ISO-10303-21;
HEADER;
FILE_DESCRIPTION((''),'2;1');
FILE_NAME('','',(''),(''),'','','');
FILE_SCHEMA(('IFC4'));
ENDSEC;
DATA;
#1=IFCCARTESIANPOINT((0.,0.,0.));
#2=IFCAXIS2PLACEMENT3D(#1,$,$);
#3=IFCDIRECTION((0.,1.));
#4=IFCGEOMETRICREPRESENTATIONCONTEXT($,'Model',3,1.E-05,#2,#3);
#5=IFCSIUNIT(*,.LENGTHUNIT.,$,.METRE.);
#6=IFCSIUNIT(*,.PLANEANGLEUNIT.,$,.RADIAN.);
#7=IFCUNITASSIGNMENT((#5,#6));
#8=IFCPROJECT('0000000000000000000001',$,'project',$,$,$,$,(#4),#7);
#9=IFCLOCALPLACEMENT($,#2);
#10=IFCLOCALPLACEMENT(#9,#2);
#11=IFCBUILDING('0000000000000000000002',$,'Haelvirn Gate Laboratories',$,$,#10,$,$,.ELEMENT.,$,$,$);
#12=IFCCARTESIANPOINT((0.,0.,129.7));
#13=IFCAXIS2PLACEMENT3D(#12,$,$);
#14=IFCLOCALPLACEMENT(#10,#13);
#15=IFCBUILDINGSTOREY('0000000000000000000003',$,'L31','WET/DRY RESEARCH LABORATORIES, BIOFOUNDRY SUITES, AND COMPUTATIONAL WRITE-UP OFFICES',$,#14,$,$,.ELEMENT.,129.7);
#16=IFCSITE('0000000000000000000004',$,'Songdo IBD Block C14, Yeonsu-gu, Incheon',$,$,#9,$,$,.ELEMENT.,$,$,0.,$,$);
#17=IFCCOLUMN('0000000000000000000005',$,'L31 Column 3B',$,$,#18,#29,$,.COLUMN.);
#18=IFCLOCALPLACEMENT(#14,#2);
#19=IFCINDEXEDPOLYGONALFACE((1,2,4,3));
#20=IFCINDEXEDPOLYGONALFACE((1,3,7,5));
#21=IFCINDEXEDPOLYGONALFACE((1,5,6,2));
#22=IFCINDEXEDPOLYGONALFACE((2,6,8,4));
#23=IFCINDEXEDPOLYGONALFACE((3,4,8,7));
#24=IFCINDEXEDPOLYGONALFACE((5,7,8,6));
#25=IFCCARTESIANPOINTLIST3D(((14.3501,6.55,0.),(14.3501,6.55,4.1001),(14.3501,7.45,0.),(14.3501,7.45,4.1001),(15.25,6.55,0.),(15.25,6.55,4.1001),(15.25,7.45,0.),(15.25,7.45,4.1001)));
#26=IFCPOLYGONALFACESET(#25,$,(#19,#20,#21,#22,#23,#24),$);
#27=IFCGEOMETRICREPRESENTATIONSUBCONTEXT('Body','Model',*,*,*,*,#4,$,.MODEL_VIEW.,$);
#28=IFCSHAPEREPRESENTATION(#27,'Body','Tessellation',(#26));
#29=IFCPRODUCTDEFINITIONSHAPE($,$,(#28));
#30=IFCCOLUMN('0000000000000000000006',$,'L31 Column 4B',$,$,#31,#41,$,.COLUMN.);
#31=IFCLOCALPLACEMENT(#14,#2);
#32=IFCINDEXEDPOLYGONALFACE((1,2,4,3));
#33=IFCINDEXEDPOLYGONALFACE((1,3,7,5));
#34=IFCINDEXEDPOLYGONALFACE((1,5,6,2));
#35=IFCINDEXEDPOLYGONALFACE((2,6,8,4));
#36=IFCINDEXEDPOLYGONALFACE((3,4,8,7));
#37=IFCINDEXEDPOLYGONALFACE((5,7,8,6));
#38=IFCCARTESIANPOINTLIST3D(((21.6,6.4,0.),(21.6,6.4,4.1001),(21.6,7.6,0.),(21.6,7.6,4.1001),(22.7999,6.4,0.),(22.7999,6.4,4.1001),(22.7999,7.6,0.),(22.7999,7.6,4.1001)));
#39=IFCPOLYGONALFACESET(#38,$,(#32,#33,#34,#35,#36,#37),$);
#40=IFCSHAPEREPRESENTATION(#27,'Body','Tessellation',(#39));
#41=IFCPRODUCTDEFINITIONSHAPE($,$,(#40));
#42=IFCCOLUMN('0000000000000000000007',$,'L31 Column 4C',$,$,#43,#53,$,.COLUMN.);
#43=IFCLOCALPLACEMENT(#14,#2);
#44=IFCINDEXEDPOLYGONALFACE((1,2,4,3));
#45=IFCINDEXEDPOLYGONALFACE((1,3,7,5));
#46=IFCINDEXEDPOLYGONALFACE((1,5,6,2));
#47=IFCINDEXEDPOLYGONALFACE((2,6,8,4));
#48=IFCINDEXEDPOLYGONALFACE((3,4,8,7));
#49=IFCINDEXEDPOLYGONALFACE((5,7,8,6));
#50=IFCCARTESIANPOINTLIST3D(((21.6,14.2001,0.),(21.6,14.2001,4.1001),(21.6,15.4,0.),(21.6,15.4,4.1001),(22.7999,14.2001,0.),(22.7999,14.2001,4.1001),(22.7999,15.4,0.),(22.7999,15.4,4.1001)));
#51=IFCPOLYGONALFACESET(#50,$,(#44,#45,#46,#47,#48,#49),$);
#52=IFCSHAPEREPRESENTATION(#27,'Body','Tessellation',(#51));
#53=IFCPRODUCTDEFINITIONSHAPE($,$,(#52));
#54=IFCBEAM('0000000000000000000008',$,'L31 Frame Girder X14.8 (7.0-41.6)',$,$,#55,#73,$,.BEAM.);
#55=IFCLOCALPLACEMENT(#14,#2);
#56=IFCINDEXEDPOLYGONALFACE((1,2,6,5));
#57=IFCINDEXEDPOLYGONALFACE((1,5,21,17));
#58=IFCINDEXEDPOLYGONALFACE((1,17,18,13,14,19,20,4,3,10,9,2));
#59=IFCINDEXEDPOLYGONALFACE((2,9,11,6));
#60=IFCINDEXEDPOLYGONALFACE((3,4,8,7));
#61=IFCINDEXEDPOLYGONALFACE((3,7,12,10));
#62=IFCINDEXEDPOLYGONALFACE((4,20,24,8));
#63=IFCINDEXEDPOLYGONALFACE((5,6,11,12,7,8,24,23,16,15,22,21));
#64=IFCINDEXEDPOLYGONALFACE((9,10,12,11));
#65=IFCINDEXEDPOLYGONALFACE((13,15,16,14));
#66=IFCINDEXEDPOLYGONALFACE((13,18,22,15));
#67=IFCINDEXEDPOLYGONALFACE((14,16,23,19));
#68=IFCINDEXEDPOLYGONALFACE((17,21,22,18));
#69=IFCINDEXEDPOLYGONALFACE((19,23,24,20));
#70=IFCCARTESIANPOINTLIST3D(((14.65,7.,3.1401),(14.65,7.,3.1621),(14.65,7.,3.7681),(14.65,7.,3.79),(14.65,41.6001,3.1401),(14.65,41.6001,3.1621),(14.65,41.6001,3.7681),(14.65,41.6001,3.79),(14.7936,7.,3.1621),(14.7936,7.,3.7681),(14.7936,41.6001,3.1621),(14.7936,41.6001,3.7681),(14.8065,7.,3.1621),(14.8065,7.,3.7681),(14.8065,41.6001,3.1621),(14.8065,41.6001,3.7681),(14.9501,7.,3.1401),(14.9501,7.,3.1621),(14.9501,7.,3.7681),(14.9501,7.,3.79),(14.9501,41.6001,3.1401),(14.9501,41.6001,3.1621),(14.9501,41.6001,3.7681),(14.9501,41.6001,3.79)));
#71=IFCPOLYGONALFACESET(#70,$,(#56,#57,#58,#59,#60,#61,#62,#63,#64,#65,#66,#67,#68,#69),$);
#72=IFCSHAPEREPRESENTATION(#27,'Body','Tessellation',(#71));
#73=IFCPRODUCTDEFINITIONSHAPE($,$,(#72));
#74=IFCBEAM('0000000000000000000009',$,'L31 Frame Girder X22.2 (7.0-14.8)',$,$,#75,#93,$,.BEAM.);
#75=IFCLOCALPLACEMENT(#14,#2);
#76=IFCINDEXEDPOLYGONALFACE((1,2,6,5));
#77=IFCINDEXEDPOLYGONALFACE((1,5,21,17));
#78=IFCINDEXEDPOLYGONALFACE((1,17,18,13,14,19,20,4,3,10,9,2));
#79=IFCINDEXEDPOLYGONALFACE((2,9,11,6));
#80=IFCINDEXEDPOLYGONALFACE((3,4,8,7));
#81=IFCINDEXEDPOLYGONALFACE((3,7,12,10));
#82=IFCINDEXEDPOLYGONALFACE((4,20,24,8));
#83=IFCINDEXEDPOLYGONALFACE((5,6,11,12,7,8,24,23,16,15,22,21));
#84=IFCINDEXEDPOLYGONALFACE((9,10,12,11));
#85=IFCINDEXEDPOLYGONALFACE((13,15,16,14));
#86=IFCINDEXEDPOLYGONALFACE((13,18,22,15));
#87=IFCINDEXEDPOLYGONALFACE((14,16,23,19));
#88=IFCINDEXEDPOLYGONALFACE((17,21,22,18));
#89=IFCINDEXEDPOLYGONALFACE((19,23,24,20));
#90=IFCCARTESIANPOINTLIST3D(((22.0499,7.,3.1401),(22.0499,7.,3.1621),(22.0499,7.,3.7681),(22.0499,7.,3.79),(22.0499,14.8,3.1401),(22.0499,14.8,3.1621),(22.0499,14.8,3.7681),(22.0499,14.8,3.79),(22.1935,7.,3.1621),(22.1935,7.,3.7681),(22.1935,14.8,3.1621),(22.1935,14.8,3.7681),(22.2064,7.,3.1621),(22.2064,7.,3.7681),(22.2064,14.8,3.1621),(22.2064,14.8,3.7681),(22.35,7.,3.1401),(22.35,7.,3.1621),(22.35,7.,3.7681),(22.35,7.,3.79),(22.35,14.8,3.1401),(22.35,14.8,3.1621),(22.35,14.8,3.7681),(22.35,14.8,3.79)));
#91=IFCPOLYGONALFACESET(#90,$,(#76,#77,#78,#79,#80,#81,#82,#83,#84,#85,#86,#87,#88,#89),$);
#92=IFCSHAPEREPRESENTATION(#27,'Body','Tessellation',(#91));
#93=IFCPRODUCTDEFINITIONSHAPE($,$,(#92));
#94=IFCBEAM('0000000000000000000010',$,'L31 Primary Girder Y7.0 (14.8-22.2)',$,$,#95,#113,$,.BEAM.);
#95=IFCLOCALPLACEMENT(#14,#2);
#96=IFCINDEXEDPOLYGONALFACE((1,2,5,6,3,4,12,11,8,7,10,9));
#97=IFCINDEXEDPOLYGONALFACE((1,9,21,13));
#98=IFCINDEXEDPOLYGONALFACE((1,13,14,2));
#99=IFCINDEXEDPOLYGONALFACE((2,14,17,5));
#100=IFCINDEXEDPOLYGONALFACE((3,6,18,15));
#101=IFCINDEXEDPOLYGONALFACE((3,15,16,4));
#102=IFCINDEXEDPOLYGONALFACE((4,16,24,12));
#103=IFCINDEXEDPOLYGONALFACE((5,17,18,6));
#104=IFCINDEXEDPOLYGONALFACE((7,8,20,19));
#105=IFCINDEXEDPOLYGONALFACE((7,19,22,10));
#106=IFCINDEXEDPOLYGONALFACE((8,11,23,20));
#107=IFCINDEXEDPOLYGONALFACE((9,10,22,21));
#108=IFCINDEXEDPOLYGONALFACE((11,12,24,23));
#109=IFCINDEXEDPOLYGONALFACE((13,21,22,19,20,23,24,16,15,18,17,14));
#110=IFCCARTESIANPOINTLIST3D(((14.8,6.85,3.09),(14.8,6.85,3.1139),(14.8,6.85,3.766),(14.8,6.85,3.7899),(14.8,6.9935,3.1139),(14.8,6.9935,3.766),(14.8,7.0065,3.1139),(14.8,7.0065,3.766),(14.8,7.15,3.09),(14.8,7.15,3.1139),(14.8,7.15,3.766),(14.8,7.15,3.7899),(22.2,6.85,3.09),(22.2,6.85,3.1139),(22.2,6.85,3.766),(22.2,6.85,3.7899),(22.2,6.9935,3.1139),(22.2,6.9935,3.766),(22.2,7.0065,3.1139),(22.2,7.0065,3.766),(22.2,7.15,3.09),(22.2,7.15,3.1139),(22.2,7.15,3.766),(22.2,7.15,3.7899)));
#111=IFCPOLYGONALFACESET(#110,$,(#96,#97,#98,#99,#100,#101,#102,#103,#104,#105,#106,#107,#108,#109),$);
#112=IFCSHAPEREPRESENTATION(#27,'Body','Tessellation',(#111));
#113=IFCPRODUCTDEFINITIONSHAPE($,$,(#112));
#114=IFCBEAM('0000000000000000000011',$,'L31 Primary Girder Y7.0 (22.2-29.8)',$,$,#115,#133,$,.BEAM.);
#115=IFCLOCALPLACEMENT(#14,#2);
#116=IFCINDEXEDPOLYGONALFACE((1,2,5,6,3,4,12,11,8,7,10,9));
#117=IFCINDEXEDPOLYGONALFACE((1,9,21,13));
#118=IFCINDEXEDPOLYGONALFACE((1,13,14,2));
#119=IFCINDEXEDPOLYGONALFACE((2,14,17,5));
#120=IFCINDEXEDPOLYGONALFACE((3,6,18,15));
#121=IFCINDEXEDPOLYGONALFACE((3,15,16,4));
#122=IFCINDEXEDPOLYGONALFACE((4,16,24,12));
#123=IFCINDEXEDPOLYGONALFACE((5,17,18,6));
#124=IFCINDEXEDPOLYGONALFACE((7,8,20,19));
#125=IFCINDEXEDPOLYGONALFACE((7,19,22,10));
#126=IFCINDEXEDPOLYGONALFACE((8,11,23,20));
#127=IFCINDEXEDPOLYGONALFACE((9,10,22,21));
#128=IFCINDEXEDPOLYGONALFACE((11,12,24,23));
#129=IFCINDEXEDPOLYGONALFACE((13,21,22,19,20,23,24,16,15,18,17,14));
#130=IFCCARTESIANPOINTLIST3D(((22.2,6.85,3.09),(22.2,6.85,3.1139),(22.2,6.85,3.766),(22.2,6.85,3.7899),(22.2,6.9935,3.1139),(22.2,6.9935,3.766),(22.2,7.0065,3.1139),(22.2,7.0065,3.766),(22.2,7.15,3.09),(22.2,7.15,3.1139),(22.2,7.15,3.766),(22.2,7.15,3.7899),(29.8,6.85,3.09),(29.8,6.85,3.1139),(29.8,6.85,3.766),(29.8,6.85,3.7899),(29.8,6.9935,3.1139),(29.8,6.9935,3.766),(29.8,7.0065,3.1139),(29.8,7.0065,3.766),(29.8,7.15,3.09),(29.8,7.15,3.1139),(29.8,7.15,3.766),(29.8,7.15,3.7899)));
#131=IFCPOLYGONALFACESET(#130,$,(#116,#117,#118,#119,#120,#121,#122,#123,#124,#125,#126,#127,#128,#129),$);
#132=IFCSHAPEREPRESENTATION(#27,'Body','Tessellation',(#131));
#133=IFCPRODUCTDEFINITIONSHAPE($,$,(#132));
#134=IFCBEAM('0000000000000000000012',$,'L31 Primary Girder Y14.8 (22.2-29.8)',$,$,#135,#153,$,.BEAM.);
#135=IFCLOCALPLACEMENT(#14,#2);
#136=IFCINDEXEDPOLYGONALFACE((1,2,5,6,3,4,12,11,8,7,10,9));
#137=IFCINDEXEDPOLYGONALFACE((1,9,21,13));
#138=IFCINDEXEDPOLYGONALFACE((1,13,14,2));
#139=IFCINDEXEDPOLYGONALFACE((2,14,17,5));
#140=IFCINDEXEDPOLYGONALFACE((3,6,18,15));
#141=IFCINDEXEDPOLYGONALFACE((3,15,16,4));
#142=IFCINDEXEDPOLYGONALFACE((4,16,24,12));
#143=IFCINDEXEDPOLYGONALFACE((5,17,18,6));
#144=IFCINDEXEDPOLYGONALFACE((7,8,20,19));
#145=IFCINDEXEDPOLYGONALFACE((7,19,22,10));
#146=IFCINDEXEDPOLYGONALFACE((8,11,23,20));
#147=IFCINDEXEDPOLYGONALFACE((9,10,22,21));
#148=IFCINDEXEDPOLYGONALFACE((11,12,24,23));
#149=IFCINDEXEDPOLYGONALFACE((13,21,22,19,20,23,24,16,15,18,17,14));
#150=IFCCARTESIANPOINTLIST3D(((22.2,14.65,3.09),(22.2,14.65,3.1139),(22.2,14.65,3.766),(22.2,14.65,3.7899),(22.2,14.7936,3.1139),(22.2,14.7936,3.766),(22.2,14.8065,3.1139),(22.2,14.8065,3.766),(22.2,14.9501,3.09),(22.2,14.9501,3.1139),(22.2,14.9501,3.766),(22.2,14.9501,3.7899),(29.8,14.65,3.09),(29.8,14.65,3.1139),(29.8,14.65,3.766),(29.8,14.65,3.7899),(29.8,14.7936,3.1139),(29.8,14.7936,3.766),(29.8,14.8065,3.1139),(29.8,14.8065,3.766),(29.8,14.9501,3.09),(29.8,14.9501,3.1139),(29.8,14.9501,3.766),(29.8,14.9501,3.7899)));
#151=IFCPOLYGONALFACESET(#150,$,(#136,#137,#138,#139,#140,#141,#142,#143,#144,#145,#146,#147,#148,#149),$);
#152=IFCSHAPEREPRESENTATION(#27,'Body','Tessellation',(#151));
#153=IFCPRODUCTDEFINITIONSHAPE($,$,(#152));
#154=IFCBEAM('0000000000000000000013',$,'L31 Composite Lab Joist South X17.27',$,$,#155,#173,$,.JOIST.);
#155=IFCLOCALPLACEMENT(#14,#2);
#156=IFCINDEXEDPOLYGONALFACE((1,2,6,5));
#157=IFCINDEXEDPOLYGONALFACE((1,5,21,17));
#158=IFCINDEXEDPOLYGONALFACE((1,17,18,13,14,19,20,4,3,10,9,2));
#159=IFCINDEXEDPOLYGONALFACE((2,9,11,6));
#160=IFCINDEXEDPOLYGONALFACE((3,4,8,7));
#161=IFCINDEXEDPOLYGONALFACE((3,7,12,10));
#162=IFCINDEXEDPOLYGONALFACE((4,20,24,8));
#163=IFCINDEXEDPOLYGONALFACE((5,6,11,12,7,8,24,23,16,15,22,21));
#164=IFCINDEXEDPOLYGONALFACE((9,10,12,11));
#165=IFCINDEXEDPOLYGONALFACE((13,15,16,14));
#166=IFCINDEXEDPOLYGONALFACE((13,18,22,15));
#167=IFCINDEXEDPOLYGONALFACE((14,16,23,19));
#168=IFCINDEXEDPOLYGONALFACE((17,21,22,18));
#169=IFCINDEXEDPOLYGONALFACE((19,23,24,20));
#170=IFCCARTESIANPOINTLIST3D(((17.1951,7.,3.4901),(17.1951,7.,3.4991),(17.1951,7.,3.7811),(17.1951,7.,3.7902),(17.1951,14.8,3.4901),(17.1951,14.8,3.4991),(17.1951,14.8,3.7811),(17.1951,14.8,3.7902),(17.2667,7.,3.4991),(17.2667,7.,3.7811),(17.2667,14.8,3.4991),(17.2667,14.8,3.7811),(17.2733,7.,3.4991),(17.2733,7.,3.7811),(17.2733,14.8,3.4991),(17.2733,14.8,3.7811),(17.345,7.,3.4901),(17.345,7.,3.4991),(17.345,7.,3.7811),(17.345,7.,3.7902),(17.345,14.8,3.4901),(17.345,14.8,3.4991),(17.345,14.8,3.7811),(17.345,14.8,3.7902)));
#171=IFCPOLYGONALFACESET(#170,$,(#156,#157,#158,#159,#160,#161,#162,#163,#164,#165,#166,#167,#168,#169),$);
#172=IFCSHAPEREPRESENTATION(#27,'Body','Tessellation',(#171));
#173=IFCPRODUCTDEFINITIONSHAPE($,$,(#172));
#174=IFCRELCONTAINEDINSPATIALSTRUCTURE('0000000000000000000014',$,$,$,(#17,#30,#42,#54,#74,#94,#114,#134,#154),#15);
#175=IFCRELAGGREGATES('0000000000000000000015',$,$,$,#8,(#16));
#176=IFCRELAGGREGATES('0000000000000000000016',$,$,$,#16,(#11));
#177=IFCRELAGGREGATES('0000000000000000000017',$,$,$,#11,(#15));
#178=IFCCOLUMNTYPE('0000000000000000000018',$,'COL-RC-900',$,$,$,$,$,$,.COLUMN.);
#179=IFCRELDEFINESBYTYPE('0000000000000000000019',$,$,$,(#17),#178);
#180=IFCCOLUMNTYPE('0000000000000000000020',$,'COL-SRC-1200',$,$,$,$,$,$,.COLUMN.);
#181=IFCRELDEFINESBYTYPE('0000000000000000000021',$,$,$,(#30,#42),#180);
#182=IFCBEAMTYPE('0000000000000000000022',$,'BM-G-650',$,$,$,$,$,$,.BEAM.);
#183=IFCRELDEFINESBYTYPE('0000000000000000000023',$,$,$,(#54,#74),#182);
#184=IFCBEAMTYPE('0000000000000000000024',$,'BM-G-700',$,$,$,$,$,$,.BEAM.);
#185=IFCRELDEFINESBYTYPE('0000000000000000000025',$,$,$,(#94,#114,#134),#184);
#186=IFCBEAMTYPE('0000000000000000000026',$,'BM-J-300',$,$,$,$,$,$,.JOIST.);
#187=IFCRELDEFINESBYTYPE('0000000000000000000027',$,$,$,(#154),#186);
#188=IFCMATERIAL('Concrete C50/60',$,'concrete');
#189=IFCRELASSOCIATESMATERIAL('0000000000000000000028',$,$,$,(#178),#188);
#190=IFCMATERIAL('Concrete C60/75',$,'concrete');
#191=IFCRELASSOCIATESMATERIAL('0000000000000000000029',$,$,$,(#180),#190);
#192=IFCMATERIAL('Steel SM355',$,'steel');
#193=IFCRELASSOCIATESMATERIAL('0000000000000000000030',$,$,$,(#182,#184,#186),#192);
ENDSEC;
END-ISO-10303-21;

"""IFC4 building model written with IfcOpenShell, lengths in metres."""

from ifc_helpers import new_model, si_unit, direction, frame, origin, origin_2d, place, context, subcontext, project, spatial, rectangle, i_section, extrude, source, transform, mapped, material, material_profile, profile_set, type_object, type_shapes, element, save


model = new_model("IFC4")

# Units and contexts
model_context = context("Model", 3, precision=1e-05, world=origin(), true_north=direction((0.0, 1.0)))
body_context = subcontext(model_context, "Body", "Model", "MODEL_VIEW")
ifc_project = project(units=[si_unit("LENGTHUNIT", "METRE"), si_unit("PLANEANGLEUNIT", "RADIAN")], contexts=[model_context])

# Site, building, storey
site_placement = place(None, origin())
site = spatial("IfcSite", under=ifc_project, at=site_placement, Name="Songdo IBD Block C14, Yeonsu-gu, Incheon", CompositionType="ELEMENT", RefElevation=0.0)
building_placement = place(site_placement, origin())
building = spatial("IfcBuilding", under=site, at=building_placement, Name="Haelvirn Gate Laboratories", CompositionType="ELEMENT")
storey_placement = place(building_placement, frame((0.0, 0.0, 129.7)))
storey = spatial("IfcBuildingStorey", under=building, at=storey_placement, Name="L31", Description="WET/DRY RESEARCH LABORATORIES, BIOFOUNDRY SUITES, AND COMPUTATIONAL WRITE-UP OFFICES", CompositionType="ELEMENT", Elevation=129.7)

# Columns
ifc_material_1 = material(Name="Concrete C50/60", Category="concrete")
ifc_material_profile_1 = material_profile(ifc_material_1, rectangle(XDim=0.8999, YDim=0.8999, at=origin_2d()), Name="RC-900x900")
ifc_profile_set_1 = profile_set([ifc_material_profile_1], Name="Concrete C50/60")
column_type_1 = type_object("IfcColumnType", Name="COL-RC-900", PredefinedType="COLUMN", material=ifc_profile_set_1)
shared_shape_1 = source(origin(), body_context, "Body", "SweptSolid", [
    extrude(rectangle(XDim=0.8999, YDim=0.8999, at=origin_2d()), origin(), (0.0, 0.0, 1.0), 4.1001),
])
type_shapes(column_type_1, [shared_shape_1])
column_placement = place(storey_placement, frame((14.8, 7.0, 0.0), z_axis=(0.0, 0.0, 1.0), x_axis=(1.0, 0.0, 0.0)))
element("IfcColumn", 1, at=column_placement, inside=storey, type_object=column_type_1, Name="L31 Column 3B", PredefinedType="COLUMN", context=body_context, shape_type="MappedRepresentation", body=[
    mapped(shared_shape_1, transform((0.0, 0.0, 0.0), scale=1.0)),
])
ifc_material_2 = material(Name="Concrete C60/75", Category="concrete")
ifc_material_profile_2 = material_profile(ifc_material_2, rectangle(XDim=1.2, YDim=1.2, at=origin_2d()), Name="SRC-1200x1200")
ifc_profile_set_2 = profile_set([ifc_material_profile_2], Name="Concrete C60/75")
column_type_2 = type_object("IfcColumnType", Name="COL-SRC-1200", PredefinedType="COLUMN", material=ifc_profile_set_2)
shared_shape_2 = source(origin(), body_context, "Body", "SweptSolid", [
    extrude(rectangle(XDim=1.2, YDim=1.2, at=origin_2d()), origin(), (0.0, 0.0, 1.0), 4.1001),
])
type_shapes(column_type_2, [shared_shape_2])
for number, where, z_axis, x_axis, name in (
    (2, (22.2, 7.0, 0.0), (0.0, 0.0, 1.0), (1.0, 0.0, 0.0), "L31 Column 4B"),
    (3, (22.2, 14.8, 0.0), (0.0, 0.0, 1.0), (1.0, 0.0, 0.0), "L31 Column 4C"),
):
    element("IfcColumn", number, at=place(storey_placement, frame(where, z_axis=z_axis, x_axis=x_axis)), inside=storey, type_object=column_type_2, Name=name, PredefinedType="COLUMN", context=body_context, shape_type="MappedRepresentation", body=[
        mapped(shared_shape_2, transform((0.0, 0.0, 0.0), scale=1.0)),
    ])

# Beams
ifc_material_3 = material(Name="Steel SM355", Category="steel")
ifc_material_profile_3 = material_profile(ifc_material_3, i_section(OverallWidth=0.3, OverallDepth=0.6499, WebThickness=0.0129, FlangeThickness=0.022, at=origin_2d()), Name="H-650x300x13x22")
ifc_profile_set_3 = profile_set([ifc_material_profile_3], Name="Steel SM355")
beam_type_1 = type_object("IfcBeamType", Name="BM-G-650", PredefinedType="BEAM", material=ifc_profile_set_3)
shared_shape_3 = source(origin(), body_context, "Body", "SweptSolid", [
    extrude(i_section(OverallWidth=0.3, OverallDepth=0.6499, WebThickness=0.0129, FlangeThickness=0.022, at=origin_2d()), origin(), (0.0, 0.0, 1.0), 34.6001),
])
beam_1_placement = place(storey_placement, frame((14.8, 7.0, 3.4651), z_axis=(0.0, 1.0, 0.0), x_axis=(-1.0, 0.0, 0.0)))
element("IfcBeam", 4, at=beam_1_placement, inside=storey, type_object=beam_type_1, Name="L31 Frame Girder X14.8 (7.0-41.6)", PredefinedType="BEAM", context=body_context, shape_type="MappedRepresentation", body=[
    mapped(shared_shape_3, transform((0.0, 0.0, 0.0), scale=1.0)),
])
shared_shape_4 = source(origin(), body_context, "Body", "SweptSolid", [
    extrude(i_section(OverallWidth=0.3, OverallDepth=0.6499, WebThickness=0.0129, FlangeThickness=0.022, at=origin_2d()), origin(), (0.0, 0.0, 1.0), 7.8),
])
type_shapes(beam_type_1, [shared_shape_3, shared_shape_4])
beam_2_placement = place(storey_placement, frame((22.2, 7.0, 3.4651), z_axis=(0.0, 1.0, 0.0), x_axis=(-1.0, 0.0, 0.0)))
element("IfcBeam", 5, at=beam_2_placement, inside=storey, type_object=beam_type_1, Name="L31 Frame Girder X22.2 (7.0-14.8)", PredefinedType="BEAM", context=body_context, shape_type="MappedRepresentation", body=[
    mapped(shared_shape_4, transform((0.0, 0.0, 0.0), scale=1.0)),
])
ifc_material_profile_4 = material_profile(ifc_material_3, i_section(OverallWidth=0.3, OverallDepth=0.7, WebThickness=0.0129, FlangeThickness=0.0239, at=origin_2d()), Name="H-700x300x13x24")
ifc_profile_set_4 = profile_set([ifc_material_profile_4], Name="Steel SM355")
beam_type_2 = type_object("IfcBeamType", Name="BM-G-700", PredefinedType="BEAM", material=ifc_profile_set_4)
shared_shape_5 = source(origin(), body_context, "Body", "SweptSolid", [
    extrude(i_section(OverallWidth=0.3, OverallDepth=0.7, WebThickness=0.0129, FlangeThickness=0.0239, at=origin_2d()), origin(), (0.0, 0.0, 1.0), 7.3999),
])
beam_3_placement = place(storey_placement, frame((14.8, 7.0, 3.4399), z_axis=(1.0, 0.0, 0.0), x_axis=(0.0, 1.0, 0.0)))
element("IfcBeam", 6, at=beam_3_placement, inside=storey, type_object=beam_type_2, Name="L31 Primary Girder Y7.0 (14.8-22.2)", PredefinedType="BEAM", context=body_context, shape_type="MappedRepresentation", body=[
    mapped(shared_shape_5, transform((0.0, 0.0, 0.0), scale=1.0)),
])
shared_shape_6 = source(origin(), body_context, "Body", "SweptSolid", [
    extrude(i_section(OverallWidth=0.3, OverallDepth=0.7, WebThickness=0.0129, FlangeThickness=0.0239, at=origin_2d()), origin(), (0.0, 0.0, 1.0), 7.6001),
])
type_shapes(beam_type_2, [shared_shape_5, shared_shape_6])
for number, where, z_axis, x_axis, name in (
    (7, (22.2, 7.0, 3.4399), (1.0, 0.0, 0.0), (0.0, 1.0, 0.0), "L31 Primary Girder Y7.0 (22.2-29.8)"),
    (8, (22.2, 14.8, 3.4399), (1.0, 0.0, 0.0), (0.0, 1.0, 0.0), "L31 Primary Girder Y14.8 (22.2-29.8)"),
):
    element("IfcBeam", number, at=place(storey_placement, frame(where, z_axis=z_axis, x_axis=x_axis)), inside=storey, type_object=beam_type_2, Name=name, PredefinedType="BEAM", context=body_context, shape_type="MappedRepresentation", body=[
        mapped(shared_shape_6, transform((0.0, 0.0, 0.0), scale=1.0)),
    ])
ifc_material_profile_5 = material_profile(ifc_material_3, i_section(OverallWidth=0.1499, OverallDepth=0.3, WebThickness=0.0066, FlangeThickness=0.009, at=origin_2d()), Name="H-300x150x6.5x9")
ifc_profile_set_5 = profile_set([ifc_material_profile_5], Name="Steel SM355")
beam_type_3 = type_object("IfcBeamType", Name="BM-J-300", PredefinedType="JOIST", material=ifc_profile_set_5)
shared_shape_7 = source(origin(), body_context, "Body", "SweptSolid", [
    extrude(i_section(OverallWidth=0.1499, OverallDepth=0.3, WebThickness=0.0066, FlangeThickness=0.009, at=origin_2d()), origin(), (0.0, 0.0, 1.0), 7.8),
])
type_shapes(beam_type_3, [shared_shape_7])
for number, where, z_axis, x_axis, name in (
    (9, (17.27, 7.0, 3.6401), (0.0, 1.0, 0.0), (-1.0, 0.0, 0.0), "L31 Composite Lab Joist South X17.27"),
):
    element("IfcBeam", number, at=place(storey_placement, frame(where, z_axis=z_axis, x_axis=x_axis)), inside=storey, type_object=beam_type_3, Name=name, PredefinedType="JOIST", context=body_context, shape_type="MappedRepresentation", body=[
        mapped(shared_shape_7, transform((0.0, 0.0, 0.0), scale=1.0)),
    ])

save(model, "model.ifc")
